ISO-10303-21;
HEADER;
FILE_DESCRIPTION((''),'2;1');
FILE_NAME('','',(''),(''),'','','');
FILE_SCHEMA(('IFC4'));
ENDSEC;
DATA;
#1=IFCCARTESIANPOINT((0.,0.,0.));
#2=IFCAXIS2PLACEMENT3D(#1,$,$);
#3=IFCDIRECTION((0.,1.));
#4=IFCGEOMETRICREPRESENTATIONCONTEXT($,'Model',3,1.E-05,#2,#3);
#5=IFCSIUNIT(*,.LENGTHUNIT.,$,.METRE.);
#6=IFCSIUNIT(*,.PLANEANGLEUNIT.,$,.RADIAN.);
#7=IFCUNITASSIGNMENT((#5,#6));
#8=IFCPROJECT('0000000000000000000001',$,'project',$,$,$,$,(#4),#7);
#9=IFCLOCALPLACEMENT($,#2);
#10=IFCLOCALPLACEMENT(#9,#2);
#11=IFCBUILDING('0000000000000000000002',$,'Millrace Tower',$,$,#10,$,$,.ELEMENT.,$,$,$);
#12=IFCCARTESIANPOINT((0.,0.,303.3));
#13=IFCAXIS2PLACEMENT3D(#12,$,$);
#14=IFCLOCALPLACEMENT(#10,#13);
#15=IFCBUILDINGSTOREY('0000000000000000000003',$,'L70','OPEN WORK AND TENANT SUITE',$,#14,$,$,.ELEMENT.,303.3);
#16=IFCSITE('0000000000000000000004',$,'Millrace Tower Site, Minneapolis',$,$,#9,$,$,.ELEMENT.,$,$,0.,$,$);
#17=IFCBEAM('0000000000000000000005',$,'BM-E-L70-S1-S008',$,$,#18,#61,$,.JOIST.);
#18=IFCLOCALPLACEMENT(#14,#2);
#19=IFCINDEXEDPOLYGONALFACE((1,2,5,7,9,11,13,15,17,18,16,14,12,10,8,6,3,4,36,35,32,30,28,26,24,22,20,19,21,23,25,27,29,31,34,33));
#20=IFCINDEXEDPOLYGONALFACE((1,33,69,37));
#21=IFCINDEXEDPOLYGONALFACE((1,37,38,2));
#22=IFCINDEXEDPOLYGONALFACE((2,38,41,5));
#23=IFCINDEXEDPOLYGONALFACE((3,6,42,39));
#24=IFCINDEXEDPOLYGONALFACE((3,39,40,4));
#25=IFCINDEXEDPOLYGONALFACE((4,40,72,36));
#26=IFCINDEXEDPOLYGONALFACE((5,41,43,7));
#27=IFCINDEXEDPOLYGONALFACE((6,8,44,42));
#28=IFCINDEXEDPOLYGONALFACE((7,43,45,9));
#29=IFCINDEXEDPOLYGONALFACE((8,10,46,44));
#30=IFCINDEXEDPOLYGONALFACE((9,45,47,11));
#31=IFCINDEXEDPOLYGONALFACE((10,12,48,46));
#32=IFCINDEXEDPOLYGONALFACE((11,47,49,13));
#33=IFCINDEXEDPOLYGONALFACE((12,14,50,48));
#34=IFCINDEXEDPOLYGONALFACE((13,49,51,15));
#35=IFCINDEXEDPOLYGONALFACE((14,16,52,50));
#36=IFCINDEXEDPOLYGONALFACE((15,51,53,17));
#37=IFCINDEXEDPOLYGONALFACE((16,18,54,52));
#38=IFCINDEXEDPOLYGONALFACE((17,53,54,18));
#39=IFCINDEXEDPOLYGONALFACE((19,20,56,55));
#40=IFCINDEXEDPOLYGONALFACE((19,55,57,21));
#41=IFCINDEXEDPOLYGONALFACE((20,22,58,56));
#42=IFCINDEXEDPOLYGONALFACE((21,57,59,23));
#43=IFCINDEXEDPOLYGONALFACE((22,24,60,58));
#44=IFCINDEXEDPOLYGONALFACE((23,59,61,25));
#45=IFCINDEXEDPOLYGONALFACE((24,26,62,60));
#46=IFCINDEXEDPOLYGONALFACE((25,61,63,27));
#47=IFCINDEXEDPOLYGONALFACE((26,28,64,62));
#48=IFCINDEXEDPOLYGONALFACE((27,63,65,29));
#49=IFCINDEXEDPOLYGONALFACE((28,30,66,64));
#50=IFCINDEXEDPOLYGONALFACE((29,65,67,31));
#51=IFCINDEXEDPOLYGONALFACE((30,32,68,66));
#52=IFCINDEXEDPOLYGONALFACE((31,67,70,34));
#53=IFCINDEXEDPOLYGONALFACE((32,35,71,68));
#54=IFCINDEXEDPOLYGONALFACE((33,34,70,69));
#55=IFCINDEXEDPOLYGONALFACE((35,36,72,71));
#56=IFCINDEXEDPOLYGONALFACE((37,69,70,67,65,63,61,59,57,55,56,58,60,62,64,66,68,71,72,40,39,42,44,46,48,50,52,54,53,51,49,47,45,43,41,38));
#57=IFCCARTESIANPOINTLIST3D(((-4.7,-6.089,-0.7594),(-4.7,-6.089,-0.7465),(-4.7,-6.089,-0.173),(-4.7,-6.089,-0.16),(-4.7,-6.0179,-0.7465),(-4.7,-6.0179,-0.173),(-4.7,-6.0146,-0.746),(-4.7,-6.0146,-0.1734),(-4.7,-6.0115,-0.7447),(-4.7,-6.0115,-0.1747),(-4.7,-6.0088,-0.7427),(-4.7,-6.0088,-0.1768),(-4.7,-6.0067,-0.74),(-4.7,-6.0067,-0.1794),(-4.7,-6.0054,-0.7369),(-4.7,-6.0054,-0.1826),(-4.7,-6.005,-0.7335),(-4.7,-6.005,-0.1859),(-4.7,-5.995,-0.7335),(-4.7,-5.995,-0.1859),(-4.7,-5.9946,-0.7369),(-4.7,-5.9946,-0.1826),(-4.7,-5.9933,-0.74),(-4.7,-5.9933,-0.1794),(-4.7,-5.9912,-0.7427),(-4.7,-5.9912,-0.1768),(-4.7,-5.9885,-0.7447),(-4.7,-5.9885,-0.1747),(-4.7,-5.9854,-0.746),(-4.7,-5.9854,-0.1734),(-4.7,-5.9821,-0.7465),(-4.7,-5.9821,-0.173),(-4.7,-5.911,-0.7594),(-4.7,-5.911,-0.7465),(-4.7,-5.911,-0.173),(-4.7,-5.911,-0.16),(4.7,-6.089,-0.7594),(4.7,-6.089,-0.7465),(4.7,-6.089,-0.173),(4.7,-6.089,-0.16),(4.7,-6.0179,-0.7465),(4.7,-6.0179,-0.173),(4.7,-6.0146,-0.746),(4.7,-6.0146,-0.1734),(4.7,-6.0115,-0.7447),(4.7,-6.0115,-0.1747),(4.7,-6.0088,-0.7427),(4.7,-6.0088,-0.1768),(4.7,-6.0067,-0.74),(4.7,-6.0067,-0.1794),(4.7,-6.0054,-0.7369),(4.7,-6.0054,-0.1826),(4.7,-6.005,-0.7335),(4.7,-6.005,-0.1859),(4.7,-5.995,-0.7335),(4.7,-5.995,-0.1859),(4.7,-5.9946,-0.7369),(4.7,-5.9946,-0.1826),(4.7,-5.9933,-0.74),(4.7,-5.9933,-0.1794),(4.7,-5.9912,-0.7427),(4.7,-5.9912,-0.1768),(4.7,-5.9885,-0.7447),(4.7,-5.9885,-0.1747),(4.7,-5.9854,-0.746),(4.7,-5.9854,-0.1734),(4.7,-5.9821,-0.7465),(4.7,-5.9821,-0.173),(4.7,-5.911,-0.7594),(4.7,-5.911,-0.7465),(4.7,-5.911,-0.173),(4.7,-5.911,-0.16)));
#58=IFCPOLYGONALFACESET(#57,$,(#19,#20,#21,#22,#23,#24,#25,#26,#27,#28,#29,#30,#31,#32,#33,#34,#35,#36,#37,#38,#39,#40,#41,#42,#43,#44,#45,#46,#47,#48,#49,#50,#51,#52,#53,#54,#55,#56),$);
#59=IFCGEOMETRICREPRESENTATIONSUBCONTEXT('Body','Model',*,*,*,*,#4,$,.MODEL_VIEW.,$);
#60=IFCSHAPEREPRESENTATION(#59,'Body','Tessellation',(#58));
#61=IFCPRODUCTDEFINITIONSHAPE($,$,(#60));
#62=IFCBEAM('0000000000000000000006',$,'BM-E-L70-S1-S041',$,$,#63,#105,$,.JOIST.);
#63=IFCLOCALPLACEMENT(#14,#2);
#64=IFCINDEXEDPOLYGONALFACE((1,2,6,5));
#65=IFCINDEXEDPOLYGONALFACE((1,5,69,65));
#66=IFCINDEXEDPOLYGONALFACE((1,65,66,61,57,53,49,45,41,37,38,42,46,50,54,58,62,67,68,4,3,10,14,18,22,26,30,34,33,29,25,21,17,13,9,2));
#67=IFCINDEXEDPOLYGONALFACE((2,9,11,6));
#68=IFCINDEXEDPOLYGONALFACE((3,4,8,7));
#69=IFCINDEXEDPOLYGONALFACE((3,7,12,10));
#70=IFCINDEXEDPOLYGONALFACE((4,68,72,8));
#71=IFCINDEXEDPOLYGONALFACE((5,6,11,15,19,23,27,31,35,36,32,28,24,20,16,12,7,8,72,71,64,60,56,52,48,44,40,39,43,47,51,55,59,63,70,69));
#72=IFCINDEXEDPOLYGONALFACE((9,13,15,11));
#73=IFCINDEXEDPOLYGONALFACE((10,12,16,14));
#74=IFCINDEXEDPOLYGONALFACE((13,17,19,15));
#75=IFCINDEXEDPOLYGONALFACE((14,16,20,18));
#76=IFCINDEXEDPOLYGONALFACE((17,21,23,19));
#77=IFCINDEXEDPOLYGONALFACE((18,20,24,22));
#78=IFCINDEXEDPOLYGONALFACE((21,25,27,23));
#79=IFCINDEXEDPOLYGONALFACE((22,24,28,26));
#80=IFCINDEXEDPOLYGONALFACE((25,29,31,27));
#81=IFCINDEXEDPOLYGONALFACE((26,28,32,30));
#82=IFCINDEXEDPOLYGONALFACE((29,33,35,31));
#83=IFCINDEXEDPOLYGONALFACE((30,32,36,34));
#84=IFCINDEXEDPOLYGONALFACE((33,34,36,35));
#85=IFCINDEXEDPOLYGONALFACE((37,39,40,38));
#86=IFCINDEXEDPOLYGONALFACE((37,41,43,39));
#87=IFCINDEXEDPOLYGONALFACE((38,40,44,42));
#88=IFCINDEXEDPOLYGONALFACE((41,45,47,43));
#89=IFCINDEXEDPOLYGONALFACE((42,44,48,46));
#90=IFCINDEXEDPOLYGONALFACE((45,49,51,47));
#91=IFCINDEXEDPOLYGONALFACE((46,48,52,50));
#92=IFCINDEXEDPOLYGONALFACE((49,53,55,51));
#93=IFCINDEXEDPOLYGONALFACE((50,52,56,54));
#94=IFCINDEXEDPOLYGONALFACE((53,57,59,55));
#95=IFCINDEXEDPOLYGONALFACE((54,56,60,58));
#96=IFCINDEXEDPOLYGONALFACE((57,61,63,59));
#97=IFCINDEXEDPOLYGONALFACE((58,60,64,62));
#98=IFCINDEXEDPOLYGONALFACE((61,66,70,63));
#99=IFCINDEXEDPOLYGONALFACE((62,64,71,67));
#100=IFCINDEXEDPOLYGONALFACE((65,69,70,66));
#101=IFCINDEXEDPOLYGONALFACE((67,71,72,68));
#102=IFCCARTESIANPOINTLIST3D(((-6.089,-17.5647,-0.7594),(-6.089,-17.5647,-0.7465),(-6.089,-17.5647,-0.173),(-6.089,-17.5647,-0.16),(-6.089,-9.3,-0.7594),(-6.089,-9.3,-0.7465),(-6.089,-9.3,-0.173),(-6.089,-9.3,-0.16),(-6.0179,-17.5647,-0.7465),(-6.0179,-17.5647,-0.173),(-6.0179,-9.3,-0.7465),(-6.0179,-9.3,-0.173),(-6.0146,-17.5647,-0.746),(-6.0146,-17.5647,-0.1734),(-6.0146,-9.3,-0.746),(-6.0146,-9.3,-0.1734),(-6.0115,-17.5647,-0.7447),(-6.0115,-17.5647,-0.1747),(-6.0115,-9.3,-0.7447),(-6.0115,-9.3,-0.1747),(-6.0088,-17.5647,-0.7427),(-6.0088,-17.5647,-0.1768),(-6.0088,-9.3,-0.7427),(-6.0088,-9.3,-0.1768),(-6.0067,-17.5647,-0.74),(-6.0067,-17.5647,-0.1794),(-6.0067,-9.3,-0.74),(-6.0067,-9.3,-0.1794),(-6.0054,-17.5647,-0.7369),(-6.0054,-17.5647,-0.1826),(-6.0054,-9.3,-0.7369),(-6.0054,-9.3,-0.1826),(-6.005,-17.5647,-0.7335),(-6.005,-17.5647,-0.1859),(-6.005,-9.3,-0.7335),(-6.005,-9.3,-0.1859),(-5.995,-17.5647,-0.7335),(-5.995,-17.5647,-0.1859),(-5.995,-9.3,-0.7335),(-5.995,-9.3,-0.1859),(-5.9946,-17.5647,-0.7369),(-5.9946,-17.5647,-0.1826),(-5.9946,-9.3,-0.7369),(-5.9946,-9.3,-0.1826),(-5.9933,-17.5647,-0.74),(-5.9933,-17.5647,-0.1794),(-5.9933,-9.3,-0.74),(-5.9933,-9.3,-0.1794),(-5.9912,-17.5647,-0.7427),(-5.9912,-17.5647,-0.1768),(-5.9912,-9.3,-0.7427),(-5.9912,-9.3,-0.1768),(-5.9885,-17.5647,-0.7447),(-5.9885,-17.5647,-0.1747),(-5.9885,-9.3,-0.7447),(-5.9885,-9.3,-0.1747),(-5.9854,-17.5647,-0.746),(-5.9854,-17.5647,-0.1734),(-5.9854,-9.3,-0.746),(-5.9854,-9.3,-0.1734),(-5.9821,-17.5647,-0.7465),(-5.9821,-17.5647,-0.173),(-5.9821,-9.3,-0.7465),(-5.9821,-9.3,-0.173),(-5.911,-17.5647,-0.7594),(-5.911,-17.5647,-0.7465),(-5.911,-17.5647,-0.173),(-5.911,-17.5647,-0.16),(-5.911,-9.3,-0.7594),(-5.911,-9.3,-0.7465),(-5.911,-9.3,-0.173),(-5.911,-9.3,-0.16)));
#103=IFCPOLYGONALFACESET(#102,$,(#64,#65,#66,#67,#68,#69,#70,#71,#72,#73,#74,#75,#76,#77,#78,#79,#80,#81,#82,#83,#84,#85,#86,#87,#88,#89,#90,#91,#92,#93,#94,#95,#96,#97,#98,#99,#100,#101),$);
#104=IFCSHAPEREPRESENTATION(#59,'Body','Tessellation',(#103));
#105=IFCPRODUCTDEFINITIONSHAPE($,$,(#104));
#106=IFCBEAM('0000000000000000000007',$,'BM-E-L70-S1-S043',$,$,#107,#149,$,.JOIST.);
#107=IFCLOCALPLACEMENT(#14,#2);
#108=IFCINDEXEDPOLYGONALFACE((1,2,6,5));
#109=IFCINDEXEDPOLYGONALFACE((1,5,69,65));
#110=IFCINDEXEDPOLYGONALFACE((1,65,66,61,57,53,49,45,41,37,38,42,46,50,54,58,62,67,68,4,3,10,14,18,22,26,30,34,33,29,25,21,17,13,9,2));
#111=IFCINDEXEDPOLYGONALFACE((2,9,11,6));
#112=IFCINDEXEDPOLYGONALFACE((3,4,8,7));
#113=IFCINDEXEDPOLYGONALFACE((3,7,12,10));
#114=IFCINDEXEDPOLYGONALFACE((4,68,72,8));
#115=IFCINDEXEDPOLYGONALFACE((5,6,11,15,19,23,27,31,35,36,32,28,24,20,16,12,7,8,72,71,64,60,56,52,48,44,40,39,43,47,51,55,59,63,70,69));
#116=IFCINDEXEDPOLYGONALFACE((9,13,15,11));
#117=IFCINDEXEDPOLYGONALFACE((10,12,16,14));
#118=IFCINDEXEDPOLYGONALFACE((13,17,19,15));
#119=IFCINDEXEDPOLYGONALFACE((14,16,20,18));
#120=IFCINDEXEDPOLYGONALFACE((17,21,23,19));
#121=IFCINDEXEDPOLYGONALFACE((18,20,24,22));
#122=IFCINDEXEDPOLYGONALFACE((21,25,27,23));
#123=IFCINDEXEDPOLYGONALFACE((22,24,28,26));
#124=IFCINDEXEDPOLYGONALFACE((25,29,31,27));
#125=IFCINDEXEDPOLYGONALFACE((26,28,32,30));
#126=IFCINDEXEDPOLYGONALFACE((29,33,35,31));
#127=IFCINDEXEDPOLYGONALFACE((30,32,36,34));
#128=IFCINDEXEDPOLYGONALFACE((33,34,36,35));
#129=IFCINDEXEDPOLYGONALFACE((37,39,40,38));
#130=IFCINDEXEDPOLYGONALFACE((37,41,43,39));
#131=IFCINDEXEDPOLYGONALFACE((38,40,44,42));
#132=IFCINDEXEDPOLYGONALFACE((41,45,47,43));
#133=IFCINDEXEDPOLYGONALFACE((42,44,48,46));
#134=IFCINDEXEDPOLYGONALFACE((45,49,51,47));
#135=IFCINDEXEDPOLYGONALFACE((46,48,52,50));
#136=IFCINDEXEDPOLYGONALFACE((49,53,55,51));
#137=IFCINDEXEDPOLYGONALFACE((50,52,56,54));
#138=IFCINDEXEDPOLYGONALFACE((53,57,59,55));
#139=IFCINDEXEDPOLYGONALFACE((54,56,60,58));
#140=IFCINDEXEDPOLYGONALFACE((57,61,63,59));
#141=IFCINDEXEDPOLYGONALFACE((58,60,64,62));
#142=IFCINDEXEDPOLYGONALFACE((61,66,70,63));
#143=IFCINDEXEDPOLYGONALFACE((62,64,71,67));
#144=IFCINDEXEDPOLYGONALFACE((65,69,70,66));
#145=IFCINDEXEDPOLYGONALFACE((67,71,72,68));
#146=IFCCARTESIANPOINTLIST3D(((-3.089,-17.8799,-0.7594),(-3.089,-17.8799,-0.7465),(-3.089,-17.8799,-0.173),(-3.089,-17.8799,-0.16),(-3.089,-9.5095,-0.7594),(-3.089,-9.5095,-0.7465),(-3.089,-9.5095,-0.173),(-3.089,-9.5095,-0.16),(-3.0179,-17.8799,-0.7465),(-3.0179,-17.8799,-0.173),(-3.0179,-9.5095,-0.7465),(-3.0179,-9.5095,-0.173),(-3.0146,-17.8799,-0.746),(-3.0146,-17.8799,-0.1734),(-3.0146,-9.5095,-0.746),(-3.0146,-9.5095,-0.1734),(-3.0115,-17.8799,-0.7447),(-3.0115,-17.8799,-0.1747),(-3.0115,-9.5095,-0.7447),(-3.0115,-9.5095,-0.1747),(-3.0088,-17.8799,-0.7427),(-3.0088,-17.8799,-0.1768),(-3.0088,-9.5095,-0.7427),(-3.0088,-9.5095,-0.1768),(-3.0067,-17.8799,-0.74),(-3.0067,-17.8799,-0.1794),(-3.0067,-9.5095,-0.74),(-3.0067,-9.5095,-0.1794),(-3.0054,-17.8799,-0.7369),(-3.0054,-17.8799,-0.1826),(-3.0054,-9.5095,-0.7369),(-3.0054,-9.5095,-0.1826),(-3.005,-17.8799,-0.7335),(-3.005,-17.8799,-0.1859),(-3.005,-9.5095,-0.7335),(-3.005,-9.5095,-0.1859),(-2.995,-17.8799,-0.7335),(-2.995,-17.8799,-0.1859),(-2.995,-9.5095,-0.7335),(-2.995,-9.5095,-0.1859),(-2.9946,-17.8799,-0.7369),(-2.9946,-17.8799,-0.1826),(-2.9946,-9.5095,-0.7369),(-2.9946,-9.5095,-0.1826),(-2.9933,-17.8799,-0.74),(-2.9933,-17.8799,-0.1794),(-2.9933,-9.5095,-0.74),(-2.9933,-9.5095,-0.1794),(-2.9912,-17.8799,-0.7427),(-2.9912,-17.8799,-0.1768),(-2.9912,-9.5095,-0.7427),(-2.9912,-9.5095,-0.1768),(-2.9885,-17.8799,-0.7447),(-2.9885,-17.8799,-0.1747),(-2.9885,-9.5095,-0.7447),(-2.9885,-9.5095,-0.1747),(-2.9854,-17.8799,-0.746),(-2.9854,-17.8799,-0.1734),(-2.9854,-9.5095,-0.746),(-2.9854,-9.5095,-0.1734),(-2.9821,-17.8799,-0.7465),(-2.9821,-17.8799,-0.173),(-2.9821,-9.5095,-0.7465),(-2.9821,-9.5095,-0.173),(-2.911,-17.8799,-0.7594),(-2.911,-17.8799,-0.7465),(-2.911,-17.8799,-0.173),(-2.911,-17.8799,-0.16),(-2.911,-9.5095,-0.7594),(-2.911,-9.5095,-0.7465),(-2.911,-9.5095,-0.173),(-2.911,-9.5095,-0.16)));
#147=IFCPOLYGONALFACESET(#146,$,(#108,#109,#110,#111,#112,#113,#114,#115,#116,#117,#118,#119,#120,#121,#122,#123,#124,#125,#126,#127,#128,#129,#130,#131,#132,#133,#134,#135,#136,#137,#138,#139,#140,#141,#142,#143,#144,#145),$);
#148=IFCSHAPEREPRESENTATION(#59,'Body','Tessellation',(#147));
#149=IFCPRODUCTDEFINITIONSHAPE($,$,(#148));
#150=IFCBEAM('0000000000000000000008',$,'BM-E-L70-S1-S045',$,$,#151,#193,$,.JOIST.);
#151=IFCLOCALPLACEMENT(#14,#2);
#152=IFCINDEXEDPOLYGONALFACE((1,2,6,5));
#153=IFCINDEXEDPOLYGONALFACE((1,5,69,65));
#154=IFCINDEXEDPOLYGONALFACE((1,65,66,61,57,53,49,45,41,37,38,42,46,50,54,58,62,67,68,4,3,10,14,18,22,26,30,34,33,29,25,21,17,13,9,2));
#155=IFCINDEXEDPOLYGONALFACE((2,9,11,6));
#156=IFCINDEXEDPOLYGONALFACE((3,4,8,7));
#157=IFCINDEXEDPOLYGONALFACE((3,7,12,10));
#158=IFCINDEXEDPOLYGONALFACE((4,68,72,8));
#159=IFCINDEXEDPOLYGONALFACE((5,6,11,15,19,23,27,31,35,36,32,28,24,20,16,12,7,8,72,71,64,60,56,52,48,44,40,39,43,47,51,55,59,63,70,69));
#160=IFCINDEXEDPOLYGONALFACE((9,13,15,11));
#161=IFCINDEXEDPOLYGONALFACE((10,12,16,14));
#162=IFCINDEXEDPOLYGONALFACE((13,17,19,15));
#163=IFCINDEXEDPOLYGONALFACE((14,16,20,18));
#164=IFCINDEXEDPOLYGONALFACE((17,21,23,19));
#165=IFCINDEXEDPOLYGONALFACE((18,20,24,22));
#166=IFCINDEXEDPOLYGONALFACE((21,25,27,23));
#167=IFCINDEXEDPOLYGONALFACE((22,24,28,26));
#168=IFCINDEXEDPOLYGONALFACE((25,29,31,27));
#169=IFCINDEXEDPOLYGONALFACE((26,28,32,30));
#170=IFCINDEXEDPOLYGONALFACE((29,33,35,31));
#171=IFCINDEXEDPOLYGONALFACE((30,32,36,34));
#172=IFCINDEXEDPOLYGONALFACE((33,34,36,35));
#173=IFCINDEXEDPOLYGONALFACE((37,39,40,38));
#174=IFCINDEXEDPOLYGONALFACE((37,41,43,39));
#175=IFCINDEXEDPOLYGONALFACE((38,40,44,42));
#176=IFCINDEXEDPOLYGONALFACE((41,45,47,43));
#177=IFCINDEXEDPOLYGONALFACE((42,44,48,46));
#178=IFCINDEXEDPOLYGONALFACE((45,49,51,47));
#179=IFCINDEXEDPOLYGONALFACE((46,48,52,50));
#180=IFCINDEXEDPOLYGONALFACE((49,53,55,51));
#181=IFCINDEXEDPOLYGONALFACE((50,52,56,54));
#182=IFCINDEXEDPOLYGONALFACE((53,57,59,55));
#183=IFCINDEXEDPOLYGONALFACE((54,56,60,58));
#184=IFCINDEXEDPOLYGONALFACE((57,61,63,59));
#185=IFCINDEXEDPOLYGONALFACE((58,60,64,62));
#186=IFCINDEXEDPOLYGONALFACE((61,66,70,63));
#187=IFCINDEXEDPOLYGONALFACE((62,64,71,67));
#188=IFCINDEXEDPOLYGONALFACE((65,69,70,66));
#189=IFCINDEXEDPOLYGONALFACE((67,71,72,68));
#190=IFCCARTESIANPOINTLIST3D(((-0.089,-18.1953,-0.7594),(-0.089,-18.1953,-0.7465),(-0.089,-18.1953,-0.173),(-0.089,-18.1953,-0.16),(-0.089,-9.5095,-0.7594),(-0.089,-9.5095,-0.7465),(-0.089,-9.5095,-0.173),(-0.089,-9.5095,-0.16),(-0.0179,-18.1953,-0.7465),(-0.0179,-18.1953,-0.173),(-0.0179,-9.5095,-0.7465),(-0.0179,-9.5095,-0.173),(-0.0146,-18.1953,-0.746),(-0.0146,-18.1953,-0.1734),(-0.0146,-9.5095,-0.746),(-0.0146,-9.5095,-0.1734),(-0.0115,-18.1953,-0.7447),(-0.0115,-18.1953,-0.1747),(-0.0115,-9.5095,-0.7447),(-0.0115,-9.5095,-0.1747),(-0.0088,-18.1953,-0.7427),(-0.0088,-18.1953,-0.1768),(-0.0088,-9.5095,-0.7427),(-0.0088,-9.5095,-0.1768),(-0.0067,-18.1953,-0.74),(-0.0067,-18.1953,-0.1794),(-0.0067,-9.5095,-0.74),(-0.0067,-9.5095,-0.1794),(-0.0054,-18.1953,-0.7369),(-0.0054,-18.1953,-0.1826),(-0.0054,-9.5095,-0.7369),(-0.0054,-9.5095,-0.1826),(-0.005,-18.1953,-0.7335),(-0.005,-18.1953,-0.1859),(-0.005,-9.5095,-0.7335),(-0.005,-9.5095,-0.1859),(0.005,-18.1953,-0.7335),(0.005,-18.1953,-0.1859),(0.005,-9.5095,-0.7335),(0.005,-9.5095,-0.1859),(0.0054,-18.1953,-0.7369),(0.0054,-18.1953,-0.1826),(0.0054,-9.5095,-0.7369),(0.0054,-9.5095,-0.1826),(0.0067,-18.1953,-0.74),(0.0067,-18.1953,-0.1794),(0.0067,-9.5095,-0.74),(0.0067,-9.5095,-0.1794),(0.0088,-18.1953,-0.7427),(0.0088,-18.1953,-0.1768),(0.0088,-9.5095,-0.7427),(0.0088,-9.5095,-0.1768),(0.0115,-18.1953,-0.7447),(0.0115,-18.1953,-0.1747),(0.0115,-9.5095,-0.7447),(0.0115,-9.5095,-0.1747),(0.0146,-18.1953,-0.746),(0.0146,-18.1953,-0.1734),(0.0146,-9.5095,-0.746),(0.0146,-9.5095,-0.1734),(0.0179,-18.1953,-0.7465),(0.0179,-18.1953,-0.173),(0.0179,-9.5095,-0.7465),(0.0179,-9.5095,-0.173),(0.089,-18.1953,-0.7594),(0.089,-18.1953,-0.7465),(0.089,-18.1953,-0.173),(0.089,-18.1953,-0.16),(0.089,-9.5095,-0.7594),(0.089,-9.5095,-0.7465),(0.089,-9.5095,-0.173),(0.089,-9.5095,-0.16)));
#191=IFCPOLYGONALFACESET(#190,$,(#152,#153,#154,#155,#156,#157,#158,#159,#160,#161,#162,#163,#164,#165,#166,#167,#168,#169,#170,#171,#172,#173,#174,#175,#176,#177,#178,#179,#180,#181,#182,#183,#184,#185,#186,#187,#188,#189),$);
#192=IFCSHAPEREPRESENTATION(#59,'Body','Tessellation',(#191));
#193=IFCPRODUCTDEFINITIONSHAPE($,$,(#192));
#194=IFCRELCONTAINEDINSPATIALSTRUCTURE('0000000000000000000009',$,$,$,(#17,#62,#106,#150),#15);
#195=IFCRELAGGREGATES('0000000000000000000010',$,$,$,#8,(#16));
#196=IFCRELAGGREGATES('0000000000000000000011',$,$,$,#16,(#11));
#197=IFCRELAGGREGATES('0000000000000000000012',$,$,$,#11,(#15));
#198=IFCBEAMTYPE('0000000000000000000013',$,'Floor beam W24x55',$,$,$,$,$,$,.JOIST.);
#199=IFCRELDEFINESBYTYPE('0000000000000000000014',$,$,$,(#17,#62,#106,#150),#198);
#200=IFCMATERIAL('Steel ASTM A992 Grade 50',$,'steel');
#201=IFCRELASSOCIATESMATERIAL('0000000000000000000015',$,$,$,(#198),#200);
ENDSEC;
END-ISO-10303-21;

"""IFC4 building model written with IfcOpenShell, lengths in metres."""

from ifc_helpers import new_model, si_unit, direction, frame, origin, origin_2d, place, context, subcontext, project, spatial, i_section, extrude, material, material_profile, profile_set, type_object, element, save


model = new_model("IFC4")

# Units and contexts
model_context = context("Model", 3, precision=1e-05, world=origin(), true_north=direction((0.0, 1.0)))
body_context = subcontext(model_context, "Body", "Model", "MODEL_VIEW")
ifc_project = project(units=[si_unit("LENGTHUNIT", "METRE"), si_unit("PLANEANGLEUNIT", "RADIAN")], contexts=[model_context])

# Site, building, storey
site_placement = place(None, origin())
site = spatial("IfcSite", under=ifc_project, at=site_placement, Name="Millrace Tower Site, Minneapolis", CompositionType="ELEMENT", RefElevation=0.0)
building_placement = place(site_placement, origin())
building = spatial("IfcBuilding", under=site, at=building_placement, Name="Millrace Tower", CompositionType="ELEMENT")
storey_placement = place(building_placement, frame((0.0, 0.0, 303.3)))
storey = spatial("IfcBuildingStorey", under=building, at=storey_placement, Name="L70", Description="OPEN WORK AND TENANT SUITE", CompositionType="ELEMENT", Elevation=303.3)

# Beams
ifc_material_1 = material(Name="Steel ASTM A992 Grade 50", Category="steel")
ifc_material_profile_1 = material_profile(ifc_material_1, i_section(OverallWidth=0.178, OverallDepth=0.5994, WebThickness=0.01, FlangeThickness=0.0129, FilletRadius=0.0129, at=origin_2d()))
ifc_profile_set_1 = profile_set([ifc_material_profile_1], Name="Steel ASTM A992 Grade 50")
beam_type_1 = type_object("IfcBeamType", Name="Floor beam W24x55", PredefinedType="JOIST", material=ifc_profile_set_1)
beam_1_placement = place(storey_placement, frame((-4.7, -6.0, -0.4597), z_axis=(1.0, 0.0, 0.0), x_axis=(0.0, 1.0, 0.0)))
element("IfcBeam", 1, at=beam_1_placement, inside=storey, type_object=beam_type_1, Name="BM-E-L70-S1-S008", PredefinedType="JOIST", context=body_context, shape_type="SweptSolid", body=[
    extrude(i_section(OverallWidth=0.178, OverallDepth=0.5994, WebThickness=0.01, FlangeThickness=0.0129, FilletRadius=0.0129, at=origin_2d()), origin(), (0.0, 0.0, 1.0), 9.3999),
])
beam_2_placement = place(storey_placement, frame((-6.0, -17.5647, -0.4597), z_axis=(0.0, 1.0, 0.0), x_axis=(-1.0, 0.0, 0.0)))
element("IfcBeam", 2, at=beam_2_placement, inside=storey, type_object=beam_type_1, Name="BM-E-L70-S1-S041", PredefinedType="JOIST", context=body_context, shape_type="SweptSolid", body=[
    extrude(i_section(OverallWidth=0.178, OverallDepth=0.5994, WebThickness=0.01, FlangeThickness=0.0129, FilletRadius=0.0129, at=origin_2d()), origin(), (0.0, 0.0, 1.0), 8.2646),
])
beam_3_placement = place(storey_placement, frame((-3.0, -17.8799, -0.4597), z_axis=(0.0, 1.0, 0.0), x_axis=(-1.0, 0.0, 0.0)))
element("IfcBeam", 3, at=beam_3_placement, inside=storey, type_object=beam_type_1, Name="BM-E-L70-S1-S043", PredefinedType="JOIST", context=body_context, shape_type="SweptSolid", body=[
    extrude(i_section(OverallWidth=0.178, OverallDepth=0.5994, WebThickness=0.01, FlangeThickness=0.0129, FilletRadius=0.0129, at=origin_2d()), origin(), (0.0, 0.0, 1.0), 8.3704),
])
beam_4_placement = place(storey_placement, frame((0.0, -18.1953, -0.4597), z_axis=(0.0, 1.0, 0.0), x_axis=(-1.0, 0.0, 0.0)))
element("IfcBeam", 4, at=beam_4_placement, inside=storey, type_object=beam_type_1, Name="BM-E-L70-S1-S045", PredefinedType="JOIST", context=body_context, shape_type="SweptSolid", body=[
    extrude(i_section(OverallWidth=0.178, OverallDepth=0.5994, WebThickness=0.01, FlangeThickness=0.0129, FilletRadius=0.0129, at=origin_2d()), origin(), (0.0, 0.0, 1.0), 8.6858),
])

save(model, "model.ifc")
